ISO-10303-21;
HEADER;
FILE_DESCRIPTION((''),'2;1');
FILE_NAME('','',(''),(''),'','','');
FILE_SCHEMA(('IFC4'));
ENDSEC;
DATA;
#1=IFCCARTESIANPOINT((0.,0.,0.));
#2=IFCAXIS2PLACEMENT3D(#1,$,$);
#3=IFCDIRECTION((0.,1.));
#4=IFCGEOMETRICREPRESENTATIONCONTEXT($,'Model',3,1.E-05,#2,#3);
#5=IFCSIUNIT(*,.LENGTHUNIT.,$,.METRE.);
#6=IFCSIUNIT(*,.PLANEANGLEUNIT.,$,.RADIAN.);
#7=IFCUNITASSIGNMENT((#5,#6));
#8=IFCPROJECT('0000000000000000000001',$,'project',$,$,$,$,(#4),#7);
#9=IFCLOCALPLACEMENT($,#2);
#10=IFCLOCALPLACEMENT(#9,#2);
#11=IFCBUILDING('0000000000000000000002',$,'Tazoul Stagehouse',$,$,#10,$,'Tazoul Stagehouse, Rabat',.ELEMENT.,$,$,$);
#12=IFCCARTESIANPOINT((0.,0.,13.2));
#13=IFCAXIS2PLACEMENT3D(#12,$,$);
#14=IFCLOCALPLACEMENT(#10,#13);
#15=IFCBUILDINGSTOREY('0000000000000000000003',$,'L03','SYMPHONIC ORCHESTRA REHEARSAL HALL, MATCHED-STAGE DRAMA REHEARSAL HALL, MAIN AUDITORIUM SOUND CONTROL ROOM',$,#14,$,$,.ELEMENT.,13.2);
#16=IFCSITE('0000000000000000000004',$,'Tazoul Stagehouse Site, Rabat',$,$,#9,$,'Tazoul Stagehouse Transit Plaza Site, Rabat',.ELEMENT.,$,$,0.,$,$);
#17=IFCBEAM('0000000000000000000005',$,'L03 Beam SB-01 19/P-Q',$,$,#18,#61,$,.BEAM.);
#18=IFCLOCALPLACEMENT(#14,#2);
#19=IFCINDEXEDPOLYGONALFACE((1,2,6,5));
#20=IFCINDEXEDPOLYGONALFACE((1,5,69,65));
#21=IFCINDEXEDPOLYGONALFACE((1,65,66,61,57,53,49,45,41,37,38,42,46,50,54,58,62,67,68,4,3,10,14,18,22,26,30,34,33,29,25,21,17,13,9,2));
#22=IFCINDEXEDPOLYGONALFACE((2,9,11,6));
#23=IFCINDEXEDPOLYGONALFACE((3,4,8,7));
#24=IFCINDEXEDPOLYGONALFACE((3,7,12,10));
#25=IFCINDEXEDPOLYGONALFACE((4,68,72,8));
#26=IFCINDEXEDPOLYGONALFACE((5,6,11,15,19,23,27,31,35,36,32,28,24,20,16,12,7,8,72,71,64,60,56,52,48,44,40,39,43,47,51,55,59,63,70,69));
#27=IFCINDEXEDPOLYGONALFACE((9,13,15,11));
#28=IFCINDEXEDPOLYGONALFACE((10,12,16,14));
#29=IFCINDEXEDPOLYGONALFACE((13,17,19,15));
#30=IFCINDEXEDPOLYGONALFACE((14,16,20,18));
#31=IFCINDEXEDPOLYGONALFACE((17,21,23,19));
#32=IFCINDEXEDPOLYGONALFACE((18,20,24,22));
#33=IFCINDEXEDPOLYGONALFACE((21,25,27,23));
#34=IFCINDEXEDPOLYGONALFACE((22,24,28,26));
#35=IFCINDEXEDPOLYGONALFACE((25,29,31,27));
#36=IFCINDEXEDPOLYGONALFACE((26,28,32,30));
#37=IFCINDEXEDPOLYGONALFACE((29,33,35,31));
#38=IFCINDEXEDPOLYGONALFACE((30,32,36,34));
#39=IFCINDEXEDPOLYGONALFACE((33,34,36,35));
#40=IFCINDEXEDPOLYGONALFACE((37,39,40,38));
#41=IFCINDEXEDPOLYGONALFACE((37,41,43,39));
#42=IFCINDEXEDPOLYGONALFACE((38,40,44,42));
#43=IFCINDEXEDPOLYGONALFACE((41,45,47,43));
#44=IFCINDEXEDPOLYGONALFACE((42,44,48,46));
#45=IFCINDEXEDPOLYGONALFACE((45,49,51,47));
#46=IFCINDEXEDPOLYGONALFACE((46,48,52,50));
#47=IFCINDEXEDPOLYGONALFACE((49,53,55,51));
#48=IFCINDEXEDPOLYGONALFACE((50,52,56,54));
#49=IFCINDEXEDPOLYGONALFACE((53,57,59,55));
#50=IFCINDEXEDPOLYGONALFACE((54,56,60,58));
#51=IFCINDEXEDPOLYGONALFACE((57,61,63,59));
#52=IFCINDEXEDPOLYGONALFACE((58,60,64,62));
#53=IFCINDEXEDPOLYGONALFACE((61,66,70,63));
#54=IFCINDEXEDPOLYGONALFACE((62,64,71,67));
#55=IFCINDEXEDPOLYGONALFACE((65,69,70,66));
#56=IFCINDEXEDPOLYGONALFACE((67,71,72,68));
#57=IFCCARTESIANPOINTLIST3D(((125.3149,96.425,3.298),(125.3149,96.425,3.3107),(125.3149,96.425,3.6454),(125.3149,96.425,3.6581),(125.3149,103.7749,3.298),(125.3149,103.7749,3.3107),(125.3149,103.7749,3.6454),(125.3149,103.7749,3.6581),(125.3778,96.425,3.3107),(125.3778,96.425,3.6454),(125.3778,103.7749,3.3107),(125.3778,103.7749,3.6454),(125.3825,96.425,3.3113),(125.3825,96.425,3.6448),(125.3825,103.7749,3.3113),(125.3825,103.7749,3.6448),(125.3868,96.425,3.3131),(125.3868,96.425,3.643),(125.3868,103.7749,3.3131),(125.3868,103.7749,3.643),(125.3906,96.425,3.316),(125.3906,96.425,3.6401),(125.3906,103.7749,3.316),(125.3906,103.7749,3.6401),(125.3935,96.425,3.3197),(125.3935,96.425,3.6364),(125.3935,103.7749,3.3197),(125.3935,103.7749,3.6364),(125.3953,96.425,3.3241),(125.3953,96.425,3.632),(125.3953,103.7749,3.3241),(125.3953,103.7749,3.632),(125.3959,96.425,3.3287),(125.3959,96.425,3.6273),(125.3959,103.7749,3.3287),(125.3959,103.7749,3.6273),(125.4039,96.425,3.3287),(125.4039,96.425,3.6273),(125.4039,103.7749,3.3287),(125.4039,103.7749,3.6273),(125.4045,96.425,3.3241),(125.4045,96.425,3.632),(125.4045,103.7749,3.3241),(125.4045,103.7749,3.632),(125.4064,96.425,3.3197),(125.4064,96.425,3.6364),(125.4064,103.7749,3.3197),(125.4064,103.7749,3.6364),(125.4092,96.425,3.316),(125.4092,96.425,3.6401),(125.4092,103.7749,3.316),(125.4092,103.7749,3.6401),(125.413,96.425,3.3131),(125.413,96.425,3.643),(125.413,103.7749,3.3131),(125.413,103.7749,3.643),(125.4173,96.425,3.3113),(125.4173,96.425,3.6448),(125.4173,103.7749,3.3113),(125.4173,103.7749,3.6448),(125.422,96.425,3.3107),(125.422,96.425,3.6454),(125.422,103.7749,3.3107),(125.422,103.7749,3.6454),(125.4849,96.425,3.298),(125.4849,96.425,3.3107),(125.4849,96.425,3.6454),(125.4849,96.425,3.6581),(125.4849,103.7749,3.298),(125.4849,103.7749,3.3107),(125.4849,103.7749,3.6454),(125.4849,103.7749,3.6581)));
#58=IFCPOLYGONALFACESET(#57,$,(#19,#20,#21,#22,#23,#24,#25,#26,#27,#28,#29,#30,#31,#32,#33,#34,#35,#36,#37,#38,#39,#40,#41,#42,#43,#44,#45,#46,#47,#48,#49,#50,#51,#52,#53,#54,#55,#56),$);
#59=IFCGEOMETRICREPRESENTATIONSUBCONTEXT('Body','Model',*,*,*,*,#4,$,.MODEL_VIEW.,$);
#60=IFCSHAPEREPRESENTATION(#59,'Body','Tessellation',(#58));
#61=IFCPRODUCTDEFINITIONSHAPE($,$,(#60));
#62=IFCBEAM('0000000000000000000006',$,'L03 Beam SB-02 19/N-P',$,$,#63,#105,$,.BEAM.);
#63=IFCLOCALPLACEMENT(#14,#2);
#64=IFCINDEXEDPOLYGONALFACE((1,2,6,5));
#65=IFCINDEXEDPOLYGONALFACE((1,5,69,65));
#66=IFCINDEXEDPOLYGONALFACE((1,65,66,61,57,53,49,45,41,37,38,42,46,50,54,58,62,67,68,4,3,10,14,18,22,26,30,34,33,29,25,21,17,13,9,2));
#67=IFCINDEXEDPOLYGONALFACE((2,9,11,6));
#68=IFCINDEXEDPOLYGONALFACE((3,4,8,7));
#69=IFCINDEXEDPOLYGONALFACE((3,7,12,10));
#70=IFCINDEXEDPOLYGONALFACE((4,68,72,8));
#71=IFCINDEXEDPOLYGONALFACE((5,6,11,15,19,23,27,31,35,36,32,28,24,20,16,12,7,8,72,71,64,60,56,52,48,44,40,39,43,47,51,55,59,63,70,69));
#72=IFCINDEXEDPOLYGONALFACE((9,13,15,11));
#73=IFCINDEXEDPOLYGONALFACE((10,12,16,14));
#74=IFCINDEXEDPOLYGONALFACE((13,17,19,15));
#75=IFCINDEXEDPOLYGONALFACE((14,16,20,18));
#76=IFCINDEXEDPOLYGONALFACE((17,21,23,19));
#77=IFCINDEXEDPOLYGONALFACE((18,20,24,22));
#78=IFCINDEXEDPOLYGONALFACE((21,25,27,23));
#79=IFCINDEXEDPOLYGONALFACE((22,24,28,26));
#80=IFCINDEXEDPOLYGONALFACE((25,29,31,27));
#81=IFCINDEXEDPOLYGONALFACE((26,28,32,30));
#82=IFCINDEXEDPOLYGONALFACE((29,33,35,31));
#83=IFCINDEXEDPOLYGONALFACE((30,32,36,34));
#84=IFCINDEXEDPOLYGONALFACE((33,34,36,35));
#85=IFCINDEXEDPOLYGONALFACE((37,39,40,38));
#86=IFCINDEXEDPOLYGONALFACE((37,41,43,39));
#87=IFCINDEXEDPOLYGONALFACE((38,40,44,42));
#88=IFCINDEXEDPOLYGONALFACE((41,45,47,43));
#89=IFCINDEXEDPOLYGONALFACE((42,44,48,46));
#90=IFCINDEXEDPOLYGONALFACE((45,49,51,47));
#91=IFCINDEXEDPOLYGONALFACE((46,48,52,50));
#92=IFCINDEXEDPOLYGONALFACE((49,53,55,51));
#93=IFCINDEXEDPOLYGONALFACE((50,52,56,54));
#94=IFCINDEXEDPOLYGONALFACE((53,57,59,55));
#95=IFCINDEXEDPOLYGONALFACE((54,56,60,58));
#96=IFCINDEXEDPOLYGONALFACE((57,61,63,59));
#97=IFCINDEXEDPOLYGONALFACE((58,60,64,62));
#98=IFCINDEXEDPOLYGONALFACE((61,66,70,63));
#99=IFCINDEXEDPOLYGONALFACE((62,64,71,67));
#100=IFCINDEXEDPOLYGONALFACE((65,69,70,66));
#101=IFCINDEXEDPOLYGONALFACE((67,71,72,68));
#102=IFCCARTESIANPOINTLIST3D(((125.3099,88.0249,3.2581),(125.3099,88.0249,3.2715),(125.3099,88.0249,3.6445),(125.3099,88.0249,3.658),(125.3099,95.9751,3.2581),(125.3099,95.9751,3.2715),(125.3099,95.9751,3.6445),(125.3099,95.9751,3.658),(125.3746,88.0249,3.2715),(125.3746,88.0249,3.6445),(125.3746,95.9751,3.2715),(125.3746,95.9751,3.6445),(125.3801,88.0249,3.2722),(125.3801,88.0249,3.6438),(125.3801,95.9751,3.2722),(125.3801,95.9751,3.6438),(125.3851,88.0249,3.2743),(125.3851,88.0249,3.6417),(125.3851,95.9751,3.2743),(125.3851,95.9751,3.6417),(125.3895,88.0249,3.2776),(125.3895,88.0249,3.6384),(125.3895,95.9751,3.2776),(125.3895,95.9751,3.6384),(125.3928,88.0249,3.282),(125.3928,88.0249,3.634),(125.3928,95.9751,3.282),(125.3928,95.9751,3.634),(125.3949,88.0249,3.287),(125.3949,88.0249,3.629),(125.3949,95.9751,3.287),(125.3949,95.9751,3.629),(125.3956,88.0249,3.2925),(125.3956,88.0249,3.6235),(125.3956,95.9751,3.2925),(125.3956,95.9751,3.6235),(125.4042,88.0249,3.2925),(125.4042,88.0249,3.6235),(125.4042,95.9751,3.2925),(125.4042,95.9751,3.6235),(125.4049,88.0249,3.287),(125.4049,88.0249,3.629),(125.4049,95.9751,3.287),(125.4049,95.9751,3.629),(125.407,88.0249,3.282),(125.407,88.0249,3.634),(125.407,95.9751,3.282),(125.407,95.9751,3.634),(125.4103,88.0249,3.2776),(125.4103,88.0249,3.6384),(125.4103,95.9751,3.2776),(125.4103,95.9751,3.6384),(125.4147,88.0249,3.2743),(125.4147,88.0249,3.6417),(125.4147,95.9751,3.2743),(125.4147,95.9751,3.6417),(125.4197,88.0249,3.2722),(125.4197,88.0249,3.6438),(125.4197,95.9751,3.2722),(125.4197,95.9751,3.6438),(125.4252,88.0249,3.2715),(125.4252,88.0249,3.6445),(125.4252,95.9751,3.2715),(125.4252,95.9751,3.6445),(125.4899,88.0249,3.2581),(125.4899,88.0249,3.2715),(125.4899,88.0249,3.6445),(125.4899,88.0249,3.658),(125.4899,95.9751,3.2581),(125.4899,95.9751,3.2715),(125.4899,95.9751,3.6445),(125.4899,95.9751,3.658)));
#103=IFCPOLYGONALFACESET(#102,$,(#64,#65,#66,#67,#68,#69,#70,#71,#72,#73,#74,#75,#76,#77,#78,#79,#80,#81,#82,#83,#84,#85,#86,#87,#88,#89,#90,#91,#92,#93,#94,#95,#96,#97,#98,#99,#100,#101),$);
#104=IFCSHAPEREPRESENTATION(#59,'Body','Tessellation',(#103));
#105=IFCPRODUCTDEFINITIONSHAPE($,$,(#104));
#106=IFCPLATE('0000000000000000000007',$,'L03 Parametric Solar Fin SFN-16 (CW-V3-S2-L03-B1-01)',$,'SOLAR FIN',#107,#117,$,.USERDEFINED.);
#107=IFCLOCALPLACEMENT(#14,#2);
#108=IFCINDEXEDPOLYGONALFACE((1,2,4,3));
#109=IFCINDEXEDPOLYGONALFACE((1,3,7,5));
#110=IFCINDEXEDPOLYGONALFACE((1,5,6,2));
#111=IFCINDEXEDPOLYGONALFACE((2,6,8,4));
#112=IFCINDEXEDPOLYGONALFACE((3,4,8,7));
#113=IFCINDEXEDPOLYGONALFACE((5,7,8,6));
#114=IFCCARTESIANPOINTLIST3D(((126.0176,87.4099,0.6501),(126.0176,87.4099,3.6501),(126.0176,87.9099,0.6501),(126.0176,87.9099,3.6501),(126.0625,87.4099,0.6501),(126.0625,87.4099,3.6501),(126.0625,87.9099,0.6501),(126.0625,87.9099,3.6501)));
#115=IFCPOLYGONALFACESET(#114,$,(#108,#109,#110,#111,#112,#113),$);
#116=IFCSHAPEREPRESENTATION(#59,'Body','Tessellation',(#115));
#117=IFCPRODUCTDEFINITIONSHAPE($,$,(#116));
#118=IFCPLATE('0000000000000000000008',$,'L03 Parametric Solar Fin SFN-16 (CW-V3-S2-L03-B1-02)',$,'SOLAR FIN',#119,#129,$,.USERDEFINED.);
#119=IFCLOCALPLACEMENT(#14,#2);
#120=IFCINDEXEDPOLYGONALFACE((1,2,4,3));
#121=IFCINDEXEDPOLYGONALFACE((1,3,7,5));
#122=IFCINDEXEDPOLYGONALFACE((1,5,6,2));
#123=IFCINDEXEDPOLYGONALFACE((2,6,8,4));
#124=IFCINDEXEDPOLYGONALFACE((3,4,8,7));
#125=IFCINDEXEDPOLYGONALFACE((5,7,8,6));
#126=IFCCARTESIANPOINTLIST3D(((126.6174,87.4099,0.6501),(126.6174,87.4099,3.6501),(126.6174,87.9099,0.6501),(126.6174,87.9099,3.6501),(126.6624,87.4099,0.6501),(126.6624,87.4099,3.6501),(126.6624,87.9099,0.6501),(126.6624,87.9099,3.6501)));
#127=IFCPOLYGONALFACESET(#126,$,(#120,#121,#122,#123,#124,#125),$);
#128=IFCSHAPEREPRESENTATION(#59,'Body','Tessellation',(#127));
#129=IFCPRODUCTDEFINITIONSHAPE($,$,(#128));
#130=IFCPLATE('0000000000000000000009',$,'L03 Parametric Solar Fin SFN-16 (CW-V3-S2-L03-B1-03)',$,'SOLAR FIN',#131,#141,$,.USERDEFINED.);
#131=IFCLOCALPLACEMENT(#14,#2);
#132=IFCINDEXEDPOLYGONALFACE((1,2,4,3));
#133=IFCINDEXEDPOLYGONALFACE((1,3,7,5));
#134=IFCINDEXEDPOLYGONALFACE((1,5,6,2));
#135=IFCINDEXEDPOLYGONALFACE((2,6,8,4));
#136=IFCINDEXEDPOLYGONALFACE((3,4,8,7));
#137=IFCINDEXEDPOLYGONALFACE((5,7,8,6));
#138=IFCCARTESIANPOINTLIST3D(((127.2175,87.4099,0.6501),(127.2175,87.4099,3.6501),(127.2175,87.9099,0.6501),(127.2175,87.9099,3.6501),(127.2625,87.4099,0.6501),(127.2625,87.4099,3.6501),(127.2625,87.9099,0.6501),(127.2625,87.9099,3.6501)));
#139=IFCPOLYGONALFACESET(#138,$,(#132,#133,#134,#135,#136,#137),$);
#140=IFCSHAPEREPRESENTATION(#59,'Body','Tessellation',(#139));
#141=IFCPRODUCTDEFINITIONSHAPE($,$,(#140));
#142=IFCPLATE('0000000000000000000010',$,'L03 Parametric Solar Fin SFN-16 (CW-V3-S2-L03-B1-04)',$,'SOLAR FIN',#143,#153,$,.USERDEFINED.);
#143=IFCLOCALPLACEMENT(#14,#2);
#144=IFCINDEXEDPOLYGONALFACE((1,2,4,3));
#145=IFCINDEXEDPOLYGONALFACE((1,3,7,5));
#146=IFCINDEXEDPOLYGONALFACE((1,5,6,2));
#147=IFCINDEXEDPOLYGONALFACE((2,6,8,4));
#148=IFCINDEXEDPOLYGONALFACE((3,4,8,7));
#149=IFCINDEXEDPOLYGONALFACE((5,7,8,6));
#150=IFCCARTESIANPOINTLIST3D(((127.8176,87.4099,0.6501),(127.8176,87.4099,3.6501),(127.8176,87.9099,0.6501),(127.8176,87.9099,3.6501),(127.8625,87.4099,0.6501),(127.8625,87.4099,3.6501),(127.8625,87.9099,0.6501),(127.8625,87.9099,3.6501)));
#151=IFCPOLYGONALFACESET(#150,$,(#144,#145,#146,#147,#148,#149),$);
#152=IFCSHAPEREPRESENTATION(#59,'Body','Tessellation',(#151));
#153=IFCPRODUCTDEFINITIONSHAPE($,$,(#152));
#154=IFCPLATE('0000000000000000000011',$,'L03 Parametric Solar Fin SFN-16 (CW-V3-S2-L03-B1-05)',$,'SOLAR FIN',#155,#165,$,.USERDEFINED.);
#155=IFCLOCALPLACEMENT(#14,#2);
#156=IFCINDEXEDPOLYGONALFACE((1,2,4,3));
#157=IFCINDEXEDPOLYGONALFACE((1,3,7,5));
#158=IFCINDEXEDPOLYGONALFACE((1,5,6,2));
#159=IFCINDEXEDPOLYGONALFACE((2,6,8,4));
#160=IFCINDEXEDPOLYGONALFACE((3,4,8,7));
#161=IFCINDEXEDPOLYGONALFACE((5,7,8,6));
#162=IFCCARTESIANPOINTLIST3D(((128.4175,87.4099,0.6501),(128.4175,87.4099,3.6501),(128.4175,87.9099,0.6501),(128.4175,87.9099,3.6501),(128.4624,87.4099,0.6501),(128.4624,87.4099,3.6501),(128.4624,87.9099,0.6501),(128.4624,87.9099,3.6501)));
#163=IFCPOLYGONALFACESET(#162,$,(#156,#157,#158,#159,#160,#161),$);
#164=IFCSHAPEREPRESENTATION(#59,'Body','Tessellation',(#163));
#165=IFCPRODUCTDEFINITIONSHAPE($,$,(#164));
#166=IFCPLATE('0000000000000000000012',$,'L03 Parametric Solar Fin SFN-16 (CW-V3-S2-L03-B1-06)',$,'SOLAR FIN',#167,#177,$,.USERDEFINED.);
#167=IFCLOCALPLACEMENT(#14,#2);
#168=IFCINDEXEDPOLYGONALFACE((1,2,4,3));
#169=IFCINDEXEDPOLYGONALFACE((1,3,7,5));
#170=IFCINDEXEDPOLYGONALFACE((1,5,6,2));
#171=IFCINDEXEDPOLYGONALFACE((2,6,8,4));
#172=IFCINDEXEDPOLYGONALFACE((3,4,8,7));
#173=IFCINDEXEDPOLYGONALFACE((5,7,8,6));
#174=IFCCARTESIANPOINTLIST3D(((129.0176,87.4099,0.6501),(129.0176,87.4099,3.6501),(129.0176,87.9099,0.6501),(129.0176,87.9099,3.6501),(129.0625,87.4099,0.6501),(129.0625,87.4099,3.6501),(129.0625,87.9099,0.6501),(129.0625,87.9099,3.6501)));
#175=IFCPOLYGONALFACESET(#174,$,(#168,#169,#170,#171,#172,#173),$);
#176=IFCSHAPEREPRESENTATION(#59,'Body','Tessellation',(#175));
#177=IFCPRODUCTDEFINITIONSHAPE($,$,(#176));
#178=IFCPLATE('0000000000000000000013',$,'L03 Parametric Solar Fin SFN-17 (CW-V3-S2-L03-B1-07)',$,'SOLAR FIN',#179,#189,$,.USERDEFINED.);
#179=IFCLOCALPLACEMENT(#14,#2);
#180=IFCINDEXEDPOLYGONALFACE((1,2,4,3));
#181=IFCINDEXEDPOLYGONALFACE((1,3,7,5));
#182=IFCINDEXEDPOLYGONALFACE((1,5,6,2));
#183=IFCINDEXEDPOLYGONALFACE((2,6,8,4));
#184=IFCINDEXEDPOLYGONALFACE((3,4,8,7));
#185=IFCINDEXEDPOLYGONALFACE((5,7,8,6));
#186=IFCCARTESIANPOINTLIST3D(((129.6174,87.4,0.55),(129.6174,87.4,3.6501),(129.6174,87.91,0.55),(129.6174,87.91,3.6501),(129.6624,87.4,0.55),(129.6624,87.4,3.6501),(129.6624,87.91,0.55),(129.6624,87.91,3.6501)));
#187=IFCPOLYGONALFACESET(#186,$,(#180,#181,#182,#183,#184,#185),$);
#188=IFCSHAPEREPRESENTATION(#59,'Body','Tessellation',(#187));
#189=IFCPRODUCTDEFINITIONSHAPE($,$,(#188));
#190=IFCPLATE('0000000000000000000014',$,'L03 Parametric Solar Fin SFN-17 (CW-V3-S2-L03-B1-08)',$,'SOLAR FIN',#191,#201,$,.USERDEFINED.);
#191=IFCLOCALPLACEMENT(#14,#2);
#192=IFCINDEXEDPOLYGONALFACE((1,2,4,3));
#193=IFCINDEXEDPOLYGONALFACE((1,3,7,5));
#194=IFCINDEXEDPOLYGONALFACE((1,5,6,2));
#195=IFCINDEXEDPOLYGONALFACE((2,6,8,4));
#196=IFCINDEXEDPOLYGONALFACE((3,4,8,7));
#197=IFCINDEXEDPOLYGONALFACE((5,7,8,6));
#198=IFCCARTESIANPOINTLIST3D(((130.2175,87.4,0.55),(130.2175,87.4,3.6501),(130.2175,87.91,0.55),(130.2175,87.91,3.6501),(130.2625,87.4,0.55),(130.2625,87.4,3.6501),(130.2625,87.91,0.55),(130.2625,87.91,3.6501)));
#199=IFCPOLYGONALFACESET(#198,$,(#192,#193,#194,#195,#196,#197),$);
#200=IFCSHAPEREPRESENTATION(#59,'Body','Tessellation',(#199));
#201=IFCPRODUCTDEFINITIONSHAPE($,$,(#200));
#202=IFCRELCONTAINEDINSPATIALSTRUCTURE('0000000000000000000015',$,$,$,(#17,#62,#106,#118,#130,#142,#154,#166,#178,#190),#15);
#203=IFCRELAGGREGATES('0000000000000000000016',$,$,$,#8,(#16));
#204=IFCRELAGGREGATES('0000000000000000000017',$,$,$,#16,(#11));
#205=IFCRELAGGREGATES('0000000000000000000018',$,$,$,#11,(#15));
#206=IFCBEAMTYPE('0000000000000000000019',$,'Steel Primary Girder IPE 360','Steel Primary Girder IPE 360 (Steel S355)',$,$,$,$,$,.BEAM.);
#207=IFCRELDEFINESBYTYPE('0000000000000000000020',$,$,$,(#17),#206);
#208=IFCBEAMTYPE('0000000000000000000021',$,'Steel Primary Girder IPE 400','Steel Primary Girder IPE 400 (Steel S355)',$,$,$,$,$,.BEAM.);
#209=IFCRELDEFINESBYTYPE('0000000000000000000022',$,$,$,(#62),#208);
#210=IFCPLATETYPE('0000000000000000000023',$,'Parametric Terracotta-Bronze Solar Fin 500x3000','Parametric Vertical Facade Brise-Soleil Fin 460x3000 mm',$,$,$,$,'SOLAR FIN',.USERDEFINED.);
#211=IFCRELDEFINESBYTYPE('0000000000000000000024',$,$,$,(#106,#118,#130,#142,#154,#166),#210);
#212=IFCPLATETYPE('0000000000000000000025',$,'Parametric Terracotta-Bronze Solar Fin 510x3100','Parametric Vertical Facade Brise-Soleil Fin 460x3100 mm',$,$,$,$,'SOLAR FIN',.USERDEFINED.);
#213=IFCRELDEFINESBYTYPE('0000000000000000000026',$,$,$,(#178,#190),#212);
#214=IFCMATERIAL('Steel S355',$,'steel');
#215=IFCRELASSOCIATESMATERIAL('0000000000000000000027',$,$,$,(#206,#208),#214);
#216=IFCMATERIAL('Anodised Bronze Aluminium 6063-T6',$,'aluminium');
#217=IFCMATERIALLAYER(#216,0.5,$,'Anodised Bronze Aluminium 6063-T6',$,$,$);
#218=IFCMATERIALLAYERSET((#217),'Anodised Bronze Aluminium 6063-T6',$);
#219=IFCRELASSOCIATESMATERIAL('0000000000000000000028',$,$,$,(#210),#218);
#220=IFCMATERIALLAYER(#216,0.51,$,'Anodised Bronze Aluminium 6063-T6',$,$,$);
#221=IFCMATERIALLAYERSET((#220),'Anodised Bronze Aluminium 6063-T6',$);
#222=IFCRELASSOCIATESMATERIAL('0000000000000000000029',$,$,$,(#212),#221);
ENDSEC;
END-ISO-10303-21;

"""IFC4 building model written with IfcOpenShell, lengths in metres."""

from ifc_helpers import new_model, si_unit, direction, frame, origin, origin_2d, place, context, subcontext, project, spatial, rectangle, i_section, extrude, material, layer, layer_set, material_profile, profile_set, type_object, element, save


model = new_model("IFC4")

# Units and contexts
model_context = context("Model", 3, precision=1e-05, world=origin(), true_north=direction((0.0, 1.0)))
body_context = subcontext(model_context, "Body", "Model", "MODEL_VIEW")
ifc_project = project(units=[si_unit("LENGTHUNIT", "METRE"), si_unit("PLANEANGLEUNIT", "RADIAN")], contexts=[model_context])

# Site, building, storey
site_placement = place(None, origin())
site = spatial("IfcSite", under=ifc_project, at=site_placement, Name="Tazoul Stagehouse Site, Rabat", LongName="Tazoul Stagehouse Transit Plaza Site, Rabat", CompositionType="ELEMENT", RefElevation=0.0)
building_placement = place(site_placement, origin())
building = spatial("IfcBuilding", under=site, at=building_placement, Name="Tazoul Stagehouse", LongName="Tazoul Stagehouse, Rabat", CompositionType="ELEMENT")
storey_placement = place(building_placement, frame((0.0, 0.0, 13.2)))
storey = spatial("IfcBuildingStorey", under=building, at=storey_placement, Name="L03", Description="SYMPHONIC ORCHESTRA REHEARSAL HALL, MATCHED-STAGE DRAMA REHEARSAL HALL, MAIN AUDITORIUM SOUND CONTROL ROOM", CompositionType="ELEMENT", Elevation=13.2)

# Beams
ifc_material_1 = material(Name="Steel S355", Category="steel")
ifc_material_profile_1 = material_profile(ifc_material_1, i_section(OverallWidth=0.1699, OverallDepth=0.3601, WebThickness=0.0081, FlangeThickness=0.0127, FilletRadius=0.0181, at=origin_2d()), Name="IPE 360")
ifc_profile_set_1 = profile_set([ifc_material_profile_1], Name="Steel S355")
beam_type_1 = type_object("IfcBeamType", Name="Steel Primary Girder IPE 360", Description="Steel Primary Girder IPE 360 (Steel S355)", PredefinedType="BEAM", material=ifc_profile_set_1)
beam_1_placement = place(storey_placement, frame((125.3999, 96.425, 3.478), z_axis=(0.0, 1.0, 0.0), x_axis=(-1.0, 0.0, 0.0)))
element("IfcBeam", 1, at=beam_1_placement, inside=storey, type_object=beam_type_1, Name="L03 Beam SB-01 19/P-Q", PredefinedType="BEAM", context=body_context, shape_type="SweptSolid", body=[
    extrude(i_section(OverallWidth=0.1699, OverallDepth=0.3601, WebThickness=0.0081, FlangeThickness=0.0127, FilletRadius=0.0181, at=origin_2d()), origin(), (0.0, 0.0, 1.0), 7.3499),
])
ifc_material_profile_2 = material_profile(ifc_material_1, i_section(OverallWidth=0.1799, OverallDepth=0.3999, WebThickness=0.0085, FlangeThickness=0.0134, FilletRadius=0.021, at=origin_2d()), Name="IPE 400")
ifc_profile_set_2 = profile_set([ifc_material_profile_2], Name="Steel S355")
beam_type_2 = type_object("IfcBeamType", Name="Steel Primary Girder IPE 400", Description="Steel Primary Girder IPE 400 (Steel S355)", PredefinedType="BEAM", material=ifc_profile_set_2)
beam_2_placement = place(storey_placement, frame((125.3999, 88.0249, 3.458), z_axis=(0.0, 1.0, 0.0), x_axis=(-1.0, 0.0, 0.0)))
element("IfcBeam", 2, at=beam_2_placement, inside=storey, type_object=beam_type_2, Name="L03 Beam SB-02 19/N-P", PredefinedType="BEAM", context=body_context, shape_type="SweptSolid", body=[
    extrude(i_section(OverallWidth=0.1799, OverallDepth=0.3999, WebThickness=0.0085, FlangeThickness=0.0134, FilletRadius=0.021, at=origin_2d()), origin(), (0.0, 0.0, 1.0), 7.9502),
])

# Plates
ifc_material_2 = material(Name="Anodised Bronze Aluminium 6063-T6", Category="aluminium")
ifc_layer_1 = layer(ifc_material_2, 0.5, Name="Anodised Bronze Aluminium 6063-T6")
ifc_layer_set_1 = layer_set([ifc_layer_1], Name="Anodised Bronze Aluminium 6063-T6")
plate_type_1 = type_object("IfcPlateType", Name="Parametric Terracotta-Bronze Solar Fin 500x3000", Description="Parametric Vertical Facade Brise-Soleil Fin 460x3000 mm", ElementType="SOLAR FIN", PredefinedType="USERDEFINED", material=ifc_layer_set_1)
for number, where, z_axis, x_axis, name in (
    (3, (126.04, 87.6599, 0.6501), (0.0, 0.0, 1.0), (1.0, 0.0, 0.0), "L03 Parametric Solar Fin SFN-16 (CW-V3-S2-L03-B1-01)"),
    (4, (126.6399, 87.6599, 0.6501), (0.0, 0.0, 1.0), (1.0, 0.0, 0.0), "L03 Parametric Solar Fin SFN-16 (CW-V3-S2-L03-B1-02)"),
    (5, (127.24, 87.6599, 0.6501), (0.0, 0.0, 1.0), (1.0, 0.0, 0.0), "L03 Parametric Solar Fin SFN-16 (CW-V3-S2-L03-B1-03)"),
    (6, (127.8401, 87.6599, 0.6501), (0.0, 0.0, 1.0), (1.0, 0.0, 0.0), "L03 Parametric Solar Fin SFN-16 (CW-V3-S2-L03-B1-04)"),
    (7, (128.4399, 87.6599, 0.6501), (0.0, 0.0, 1.0), (1.0, 0.0, 0.0), "L03 Parametric Solar Fin SFN-16 (CW-V3-S2-L03-B1-05)"),
    (8, (129.04, 87.6599, 0.6501), (0.0, 0.0, 1.0), (1.0, 0.0, 0.0), "L03 Parametric Solar Fin SFN-16 (CW-V3-S2-L03-B1-06)"),
):
    element("IfcPlate", number, at=place(storey_placement, frame(where, z_axis=z_axis, x_axis=x_axis)), inside=storey, type_object=plate_type_1, Name=name, ObjectType="SOLAR FIN", PredefinedType="USERDEFINED", context=body_context, shape_type="SweptSolid", body=[
        extrude(rectangle(XDim=0.0449, YDim=0.5, at=origin_2d()), origin(), (0.0, 0.0, 1.0), 3.0),
    ])
ifc_layer_2 = layer(ifc_material_2, 0.51, Name="Anodised Bronze Aluminium 6063-T6")
ifc_layer_set_2 = layer_set([ifc_layer_2], Name="Anodised Bronze Aluminium 6063-T6")
plate_type_2 = type_object("IfcPlateType", Name="Parametric Terracotta-Bronze Solar Fin 510x3100", Description="Parametric Vertical Facade Brise-Soleil Fin 460x3100 mm", ElementType="SOLAR FIN", PredefinedType="USERDEFINED", material=ifc_layer_set_2)
for number, where, z_axis, x_axis, name in (
    (9, (129.6399, 87.655, 0.55), (0.0, 0.0, 1.0), (1.0, 0.0, 0.0), "L03 Parametric Solar Fin SFN-17 (CW-V3-S2-L03-B1-07)"),
    (10, (130.24, 87.655, 0.55), (0.0, 0.0, 1.0), (1.0, 0.0, 0.0), "L03 Parametric Solar Fin SFN-17 (CW-V3-S2-L03-B1-08)"),
):
    element("IfcPlate", number, at=place(storey_placement, frame(where, z_axis=z_axis, x_axis=x_axis)), inside=storey, type_object=plate_type_2, Name=name, ObjectType="SOLAR FIN", PredefinedType="USERDEFINED", context=body_context, shape_type="SweptSolid", body=[
        extrude(rectangle(XDim=0.0449, YDim=0.51, at=origin_2d()), origin(), (0.0, 0.0, 1.0), 3.1001),
    ])

save(model, "model.ifc")
